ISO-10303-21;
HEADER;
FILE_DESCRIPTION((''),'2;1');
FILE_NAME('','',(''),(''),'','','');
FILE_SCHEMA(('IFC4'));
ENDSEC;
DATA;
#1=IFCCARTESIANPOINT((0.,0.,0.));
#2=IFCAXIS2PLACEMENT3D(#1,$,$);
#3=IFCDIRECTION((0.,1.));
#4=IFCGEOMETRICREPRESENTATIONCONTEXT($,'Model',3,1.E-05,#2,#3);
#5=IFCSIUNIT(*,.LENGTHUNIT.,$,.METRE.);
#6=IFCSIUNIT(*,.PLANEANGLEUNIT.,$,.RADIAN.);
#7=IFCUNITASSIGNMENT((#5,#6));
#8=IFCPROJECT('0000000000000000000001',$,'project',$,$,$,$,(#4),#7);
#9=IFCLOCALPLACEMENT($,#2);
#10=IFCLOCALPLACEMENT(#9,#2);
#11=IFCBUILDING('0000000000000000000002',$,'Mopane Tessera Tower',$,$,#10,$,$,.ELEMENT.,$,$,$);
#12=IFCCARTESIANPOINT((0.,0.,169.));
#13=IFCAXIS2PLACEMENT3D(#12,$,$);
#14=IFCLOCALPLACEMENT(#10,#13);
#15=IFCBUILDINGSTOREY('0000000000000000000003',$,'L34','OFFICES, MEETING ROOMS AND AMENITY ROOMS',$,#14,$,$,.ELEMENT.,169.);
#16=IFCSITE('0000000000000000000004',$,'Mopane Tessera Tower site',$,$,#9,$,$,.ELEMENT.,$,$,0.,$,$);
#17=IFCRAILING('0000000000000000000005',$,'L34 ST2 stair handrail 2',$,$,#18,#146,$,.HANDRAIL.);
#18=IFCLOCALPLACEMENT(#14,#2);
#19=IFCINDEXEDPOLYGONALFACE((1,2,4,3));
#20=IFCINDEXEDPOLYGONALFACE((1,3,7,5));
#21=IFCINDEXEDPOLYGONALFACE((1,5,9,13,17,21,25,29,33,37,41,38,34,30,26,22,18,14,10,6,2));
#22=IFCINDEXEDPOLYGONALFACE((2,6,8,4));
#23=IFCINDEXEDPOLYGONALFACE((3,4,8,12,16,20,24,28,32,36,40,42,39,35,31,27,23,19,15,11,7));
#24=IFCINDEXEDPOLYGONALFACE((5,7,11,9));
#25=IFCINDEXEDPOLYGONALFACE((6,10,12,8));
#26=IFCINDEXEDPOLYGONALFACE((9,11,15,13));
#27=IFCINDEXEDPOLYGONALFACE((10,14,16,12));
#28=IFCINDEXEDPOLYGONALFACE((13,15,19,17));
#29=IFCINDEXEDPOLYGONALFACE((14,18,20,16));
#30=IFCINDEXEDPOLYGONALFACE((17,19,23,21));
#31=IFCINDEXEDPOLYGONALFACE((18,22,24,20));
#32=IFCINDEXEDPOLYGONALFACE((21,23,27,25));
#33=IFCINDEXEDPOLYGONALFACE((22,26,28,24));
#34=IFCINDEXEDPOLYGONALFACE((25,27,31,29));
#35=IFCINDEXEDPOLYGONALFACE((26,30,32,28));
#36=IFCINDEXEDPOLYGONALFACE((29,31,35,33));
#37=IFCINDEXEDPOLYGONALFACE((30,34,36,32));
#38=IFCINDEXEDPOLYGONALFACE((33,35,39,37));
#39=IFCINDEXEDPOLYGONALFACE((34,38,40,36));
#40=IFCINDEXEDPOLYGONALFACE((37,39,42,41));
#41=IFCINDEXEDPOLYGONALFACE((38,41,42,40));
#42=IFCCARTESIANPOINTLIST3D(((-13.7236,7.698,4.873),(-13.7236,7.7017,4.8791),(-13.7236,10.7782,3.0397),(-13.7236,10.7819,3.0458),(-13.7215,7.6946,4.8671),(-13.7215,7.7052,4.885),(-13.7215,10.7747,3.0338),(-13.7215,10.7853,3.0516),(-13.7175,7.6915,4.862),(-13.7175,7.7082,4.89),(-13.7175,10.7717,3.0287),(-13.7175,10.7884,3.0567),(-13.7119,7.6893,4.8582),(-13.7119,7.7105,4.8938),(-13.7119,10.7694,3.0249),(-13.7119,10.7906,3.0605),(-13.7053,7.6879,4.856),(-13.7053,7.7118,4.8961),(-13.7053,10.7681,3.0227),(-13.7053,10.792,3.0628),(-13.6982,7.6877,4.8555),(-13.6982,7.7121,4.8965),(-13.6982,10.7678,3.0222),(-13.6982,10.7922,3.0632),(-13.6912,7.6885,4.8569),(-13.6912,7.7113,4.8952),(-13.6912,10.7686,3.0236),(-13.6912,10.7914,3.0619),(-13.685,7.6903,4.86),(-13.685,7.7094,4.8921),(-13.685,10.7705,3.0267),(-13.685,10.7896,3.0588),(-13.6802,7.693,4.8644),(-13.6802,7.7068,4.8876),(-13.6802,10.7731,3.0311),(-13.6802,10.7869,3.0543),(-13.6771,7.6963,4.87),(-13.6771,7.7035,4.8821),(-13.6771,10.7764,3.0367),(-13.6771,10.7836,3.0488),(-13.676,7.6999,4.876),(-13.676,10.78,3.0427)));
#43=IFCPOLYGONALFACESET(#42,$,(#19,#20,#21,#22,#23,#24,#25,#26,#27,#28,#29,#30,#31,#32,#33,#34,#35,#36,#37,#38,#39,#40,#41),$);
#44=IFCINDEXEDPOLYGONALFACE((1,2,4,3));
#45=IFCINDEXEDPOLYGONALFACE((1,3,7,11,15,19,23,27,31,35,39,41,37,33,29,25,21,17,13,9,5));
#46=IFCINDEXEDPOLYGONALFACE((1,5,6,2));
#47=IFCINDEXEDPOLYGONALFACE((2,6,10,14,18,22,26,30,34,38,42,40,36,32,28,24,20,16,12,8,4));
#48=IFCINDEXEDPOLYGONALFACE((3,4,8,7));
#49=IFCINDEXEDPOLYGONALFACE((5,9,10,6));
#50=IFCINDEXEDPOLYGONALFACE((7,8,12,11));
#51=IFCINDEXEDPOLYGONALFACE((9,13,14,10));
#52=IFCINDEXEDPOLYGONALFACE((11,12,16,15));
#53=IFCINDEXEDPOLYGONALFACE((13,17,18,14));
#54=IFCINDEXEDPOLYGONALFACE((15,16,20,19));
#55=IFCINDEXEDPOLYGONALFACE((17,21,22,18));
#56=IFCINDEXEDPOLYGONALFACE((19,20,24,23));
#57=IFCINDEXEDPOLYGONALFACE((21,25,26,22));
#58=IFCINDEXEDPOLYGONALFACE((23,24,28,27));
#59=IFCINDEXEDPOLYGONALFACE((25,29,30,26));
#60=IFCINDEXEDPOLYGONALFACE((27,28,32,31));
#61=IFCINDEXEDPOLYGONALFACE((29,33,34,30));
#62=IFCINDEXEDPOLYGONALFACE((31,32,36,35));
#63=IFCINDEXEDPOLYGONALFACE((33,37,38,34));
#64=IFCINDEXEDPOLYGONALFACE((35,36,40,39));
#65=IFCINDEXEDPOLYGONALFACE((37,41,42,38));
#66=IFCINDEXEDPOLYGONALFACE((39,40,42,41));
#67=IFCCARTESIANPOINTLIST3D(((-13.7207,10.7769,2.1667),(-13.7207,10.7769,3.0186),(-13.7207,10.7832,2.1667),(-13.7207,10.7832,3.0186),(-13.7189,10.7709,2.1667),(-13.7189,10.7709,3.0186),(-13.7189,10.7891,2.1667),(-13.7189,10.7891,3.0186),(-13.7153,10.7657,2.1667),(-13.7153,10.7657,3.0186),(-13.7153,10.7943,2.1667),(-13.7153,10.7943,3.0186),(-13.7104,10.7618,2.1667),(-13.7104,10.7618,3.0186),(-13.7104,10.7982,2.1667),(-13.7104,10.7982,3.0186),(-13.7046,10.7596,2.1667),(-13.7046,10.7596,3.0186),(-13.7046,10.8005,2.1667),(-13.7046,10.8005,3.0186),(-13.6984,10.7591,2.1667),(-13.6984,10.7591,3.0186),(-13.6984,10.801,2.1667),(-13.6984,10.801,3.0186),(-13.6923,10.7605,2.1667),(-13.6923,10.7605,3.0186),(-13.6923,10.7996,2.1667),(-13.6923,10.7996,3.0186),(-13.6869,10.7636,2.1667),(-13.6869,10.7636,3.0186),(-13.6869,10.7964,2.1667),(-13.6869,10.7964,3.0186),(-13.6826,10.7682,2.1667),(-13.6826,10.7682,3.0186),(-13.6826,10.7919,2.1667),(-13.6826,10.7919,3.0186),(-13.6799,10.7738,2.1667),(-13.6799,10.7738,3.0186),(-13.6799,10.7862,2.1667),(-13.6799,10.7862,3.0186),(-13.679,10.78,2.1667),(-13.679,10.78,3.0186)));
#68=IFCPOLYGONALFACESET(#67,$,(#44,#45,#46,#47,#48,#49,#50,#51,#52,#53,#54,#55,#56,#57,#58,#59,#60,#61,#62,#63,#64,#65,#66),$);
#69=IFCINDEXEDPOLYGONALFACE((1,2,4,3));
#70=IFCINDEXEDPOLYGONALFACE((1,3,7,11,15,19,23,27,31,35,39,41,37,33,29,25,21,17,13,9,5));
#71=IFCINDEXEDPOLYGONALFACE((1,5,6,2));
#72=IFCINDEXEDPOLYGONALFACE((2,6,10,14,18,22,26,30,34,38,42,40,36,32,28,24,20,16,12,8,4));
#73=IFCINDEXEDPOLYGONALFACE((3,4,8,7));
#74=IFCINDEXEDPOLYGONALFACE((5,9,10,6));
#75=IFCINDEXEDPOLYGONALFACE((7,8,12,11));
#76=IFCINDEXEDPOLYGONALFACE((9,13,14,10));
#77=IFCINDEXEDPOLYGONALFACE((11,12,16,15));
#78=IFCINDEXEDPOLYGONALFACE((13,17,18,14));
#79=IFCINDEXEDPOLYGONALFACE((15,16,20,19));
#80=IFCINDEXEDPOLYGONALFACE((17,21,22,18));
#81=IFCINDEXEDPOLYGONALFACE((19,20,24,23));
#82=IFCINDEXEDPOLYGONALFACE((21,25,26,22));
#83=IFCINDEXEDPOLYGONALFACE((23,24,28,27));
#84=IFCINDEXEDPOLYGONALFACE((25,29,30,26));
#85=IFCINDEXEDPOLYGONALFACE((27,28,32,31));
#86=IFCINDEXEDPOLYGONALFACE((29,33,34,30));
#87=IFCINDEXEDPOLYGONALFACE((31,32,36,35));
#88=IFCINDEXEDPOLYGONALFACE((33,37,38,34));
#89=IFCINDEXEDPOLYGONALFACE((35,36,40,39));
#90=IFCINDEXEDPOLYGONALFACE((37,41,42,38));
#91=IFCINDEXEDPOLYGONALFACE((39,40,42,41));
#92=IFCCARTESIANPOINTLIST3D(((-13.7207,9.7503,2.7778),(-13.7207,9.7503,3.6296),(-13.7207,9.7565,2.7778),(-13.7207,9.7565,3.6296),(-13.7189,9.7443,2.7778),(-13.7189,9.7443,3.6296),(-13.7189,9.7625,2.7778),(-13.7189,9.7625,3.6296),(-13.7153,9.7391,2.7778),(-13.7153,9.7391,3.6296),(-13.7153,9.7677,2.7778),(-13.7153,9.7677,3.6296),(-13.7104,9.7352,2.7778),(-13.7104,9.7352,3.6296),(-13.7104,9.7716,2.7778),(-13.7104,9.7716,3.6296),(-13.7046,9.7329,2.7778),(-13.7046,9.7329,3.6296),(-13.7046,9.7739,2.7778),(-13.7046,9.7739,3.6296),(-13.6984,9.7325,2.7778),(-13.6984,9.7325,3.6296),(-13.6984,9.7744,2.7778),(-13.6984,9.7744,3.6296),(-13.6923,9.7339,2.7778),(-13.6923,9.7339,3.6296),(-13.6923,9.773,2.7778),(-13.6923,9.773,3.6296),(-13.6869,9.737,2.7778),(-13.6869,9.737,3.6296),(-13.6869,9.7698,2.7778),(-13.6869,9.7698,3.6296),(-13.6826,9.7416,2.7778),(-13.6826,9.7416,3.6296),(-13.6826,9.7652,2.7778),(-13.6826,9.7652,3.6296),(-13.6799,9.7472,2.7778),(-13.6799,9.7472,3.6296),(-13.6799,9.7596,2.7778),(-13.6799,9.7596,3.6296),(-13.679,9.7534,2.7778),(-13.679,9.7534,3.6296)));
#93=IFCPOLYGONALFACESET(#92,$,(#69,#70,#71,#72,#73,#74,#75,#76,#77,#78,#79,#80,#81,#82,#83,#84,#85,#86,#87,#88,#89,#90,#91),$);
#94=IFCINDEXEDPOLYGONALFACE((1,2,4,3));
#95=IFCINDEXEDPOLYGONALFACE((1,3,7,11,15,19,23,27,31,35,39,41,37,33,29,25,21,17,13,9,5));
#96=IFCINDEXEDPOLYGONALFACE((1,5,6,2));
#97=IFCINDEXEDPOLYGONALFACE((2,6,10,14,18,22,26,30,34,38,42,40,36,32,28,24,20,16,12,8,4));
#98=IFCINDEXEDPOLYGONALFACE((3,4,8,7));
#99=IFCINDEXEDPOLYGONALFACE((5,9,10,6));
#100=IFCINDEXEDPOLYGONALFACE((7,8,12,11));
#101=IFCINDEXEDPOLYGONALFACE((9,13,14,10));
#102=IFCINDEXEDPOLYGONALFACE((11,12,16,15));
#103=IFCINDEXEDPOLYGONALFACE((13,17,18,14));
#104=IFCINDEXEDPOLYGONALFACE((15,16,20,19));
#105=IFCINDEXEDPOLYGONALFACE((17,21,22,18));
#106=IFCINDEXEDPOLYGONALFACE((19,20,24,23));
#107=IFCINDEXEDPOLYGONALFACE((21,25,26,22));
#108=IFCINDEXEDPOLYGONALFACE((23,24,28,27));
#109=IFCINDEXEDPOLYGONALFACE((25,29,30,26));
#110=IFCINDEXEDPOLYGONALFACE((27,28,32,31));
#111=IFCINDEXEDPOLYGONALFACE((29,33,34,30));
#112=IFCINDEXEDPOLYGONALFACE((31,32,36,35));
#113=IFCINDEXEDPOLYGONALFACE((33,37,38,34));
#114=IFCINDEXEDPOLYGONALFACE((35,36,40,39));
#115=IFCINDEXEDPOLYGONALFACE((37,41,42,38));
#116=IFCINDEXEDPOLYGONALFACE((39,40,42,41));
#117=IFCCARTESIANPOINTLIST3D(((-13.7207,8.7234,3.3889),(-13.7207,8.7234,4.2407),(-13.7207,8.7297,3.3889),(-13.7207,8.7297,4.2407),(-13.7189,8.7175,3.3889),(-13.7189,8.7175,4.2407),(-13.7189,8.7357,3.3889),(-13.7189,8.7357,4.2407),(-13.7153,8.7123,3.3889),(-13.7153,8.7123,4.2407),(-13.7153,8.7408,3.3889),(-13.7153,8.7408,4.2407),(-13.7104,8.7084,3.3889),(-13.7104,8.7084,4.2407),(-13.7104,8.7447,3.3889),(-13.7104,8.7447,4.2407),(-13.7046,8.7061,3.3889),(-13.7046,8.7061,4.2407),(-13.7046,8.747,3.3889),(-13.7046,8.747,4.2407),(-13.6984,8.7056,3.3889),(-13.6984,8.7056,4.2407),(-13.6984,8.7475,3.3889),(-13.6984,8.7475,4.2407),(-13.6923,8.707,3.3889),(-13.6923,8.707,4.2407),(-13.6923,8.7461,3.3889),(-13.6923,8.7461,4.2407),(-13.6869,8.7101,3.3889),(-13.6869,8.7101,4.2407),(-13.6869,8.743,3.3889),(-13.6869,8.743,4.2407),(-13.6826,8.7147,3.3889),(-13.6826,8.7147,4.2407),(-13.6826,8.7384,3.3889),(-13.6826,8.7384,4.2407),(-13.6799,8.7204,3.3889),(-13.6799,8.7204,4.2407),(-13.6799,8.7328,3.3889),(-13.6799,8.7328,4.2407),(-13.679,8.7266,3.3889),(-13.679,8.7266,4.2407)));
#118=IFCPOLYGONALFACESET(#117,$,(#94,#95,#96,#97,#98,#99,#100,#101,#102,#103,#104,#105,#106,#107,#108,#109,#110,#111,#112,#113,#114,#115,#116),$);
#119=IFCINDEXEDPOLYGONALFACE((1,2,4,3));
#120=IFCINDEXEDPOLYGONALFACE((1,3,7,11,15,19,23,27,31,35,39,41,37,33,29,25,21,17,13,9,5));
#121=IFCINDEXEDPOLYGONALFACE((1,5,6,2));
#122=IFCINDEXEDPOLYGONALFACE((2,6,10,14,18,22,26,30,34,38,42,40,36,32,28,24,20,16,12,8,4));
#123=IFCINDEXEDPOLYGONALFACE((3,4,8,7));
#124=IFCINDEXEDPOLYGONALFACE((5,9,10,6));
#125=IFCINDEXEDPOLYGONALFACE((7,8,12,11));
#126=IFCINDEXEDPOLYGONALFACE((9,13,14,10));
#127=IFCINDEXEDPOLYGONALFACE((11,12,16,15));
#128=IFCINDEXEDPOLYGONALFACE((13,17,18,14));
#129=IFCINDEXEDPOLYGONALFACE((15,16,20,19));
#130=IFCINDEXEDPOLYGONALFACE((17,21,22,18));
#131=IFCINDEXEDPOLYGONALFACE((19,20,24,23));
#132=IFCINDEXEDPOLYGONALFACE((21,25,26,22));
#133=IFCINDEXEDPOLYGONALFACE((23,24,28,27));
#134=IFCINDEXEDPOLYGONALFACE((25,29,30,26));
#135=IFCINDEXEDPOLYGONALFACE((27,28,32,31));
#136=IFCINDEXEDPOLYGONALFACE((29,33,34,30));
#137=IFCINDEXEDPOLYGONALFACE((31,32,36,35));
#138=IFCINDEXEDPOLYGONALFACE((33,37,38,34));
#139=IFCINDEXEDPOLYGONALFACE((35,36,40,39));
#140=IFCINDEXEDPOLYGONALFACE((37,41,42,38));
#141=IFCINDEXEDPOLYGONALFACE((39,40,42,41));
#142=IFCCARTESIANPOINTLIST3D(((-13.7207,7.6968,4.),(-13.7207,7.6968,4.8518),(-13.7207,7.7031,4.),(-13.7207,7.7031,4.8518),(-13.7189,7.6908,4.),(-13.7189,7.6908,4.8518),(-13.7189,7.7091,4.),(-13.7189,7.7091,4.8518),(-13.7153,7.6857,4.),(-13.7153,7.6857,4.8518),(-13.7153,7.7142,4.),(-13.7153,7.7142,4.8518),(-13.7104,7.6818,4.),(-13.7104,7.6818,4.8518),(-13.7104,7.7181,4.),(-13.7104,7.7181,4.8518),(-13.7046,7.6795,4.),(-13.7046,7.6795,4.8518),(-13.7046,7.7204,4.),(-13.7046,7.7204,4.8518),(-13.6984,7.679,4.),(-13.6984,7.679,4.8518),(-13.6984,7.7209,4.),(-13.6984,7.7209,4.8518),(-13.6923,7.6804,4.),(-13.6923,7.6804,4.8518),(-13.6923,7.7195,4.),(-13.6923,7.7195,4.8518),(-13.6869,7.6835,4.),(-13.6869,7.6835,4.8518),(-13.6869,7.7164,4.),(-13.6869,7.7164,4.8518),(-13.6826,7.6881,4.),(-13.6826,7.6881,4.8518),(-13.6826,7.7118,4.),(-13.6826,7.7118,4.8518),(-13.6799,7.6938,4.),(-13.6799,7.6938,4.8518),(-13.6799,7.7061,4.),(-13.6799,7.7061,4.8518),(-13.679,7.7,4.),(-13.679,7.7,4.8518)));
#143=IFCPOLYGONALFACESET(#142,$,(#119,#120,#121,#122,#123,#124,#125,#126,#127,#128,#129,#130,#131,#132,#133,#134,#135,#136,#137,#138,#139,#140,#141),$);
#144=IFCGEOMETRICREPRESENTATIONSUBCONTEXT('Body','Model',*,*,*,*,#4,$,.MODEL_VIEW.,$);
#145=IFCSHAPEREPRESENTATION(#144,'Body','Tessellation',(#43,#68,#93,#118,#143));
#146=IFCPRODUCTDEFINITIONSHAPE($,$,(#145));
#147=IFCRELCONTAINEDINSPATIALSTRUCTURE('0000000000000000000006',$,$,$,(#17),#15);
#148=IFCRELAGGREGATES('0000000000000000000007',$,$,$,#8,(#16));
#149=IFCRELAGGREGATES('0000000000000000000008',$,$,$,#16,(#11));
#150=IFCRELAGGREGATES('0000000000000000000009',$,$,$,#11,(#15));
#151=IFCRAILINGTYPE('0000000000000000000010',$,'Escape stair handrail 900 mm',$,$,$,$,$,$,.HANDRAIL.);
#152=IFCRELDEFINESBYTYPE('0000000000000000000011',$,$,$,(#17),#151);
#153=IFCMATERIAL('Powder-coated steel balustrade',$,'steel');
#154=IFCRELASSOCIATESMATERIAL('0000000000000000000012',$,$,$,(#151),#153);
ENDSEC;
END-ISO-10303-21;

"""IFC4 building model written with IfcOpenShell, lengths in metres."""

from ifc_helpers import new_model, si_unit, direction, frame, origin, origin_2d, place, context, subcontext, project, spatial, circle, extrude, material, type_object, element, save


model = new_model("IFC4")

# Units and contexts
model_context = context("Model", 3, precision=1e-05, world=origin(), true_north=direction((0.0, 1.0)))
body_context = subcontext(model_context, "Body", "Model", "MODEL_VIEW")
ifc_project = project(units=[si_unit("LENGTHUNIT", "METRE"), si_unit("PLANEANGLEUNIT", "RADIAN")], contexts=[model_context])

# Site, building, storey
site_placement = place(None, origin())
site = spatial("IfcSite", under=ifc_project, at=site_placement, Name="Mopane Tessera Tower site", CompositionType="ELEMENT", RefElevation=0.0)
building_placement = place(site_placement, origin())
building = spatial("IfcBuilding", under=site, at=building_placement, Name="Mopane Tessera Tower", CompositionType="ELEMENT")
storey_placement = place(building_placement, frame((0.0, 0.0, 169.0)))
storey = spatial("IfcBuildingStorey", under=building, at=storey_placement, Name="L34", Description="OFFICES, MEETING ROOMS AND AMENITY ROOMS", CompositionType="ELEMENT", Elevation=169.0)

# Railing
ifc_material_1 = material(Name="Powder-coated steel balustrade", Category="steel")
railing_type_1 = type_object("IfcRailingType", Name="Escape stair handrail 900 mm", PredefinedType="HANDRAIL", material=ifc_material_1)
railing_1_placement = place(storey_placement, frame((-13.7, 10.78, 2.1667)))
element("IfcRailing", 1, at=railing_1_placement, inside=storey, type_object=railing_type_1, Name="L34 ST2 stair handrail 2", PredefinedType="HANDRAIL", context=body_context, shape_type="SweptSolid", body=[
    extrude(circle(Radius=0.0239, at=origin_2d()), frame((0.0, 0.0, 0.876), z_axis=(0.0, -0.859309, 0.511458), x_axis=(1.0, 0.0, 0.0)), (0.0, 0.0, 1.0), 3.5845),
    extrude(circle(Radius=0.021, at=origin_2d()), origin(), (0.0, 0.0, 1.0), 0.8518),
    extrude(circle(Radius=0.021, at=origin_2d()), frame((0.0, -1.0266, 0.6111)), (0.0, 0.0, 1.0), 0.8518),
    extrude(circle(Radius=0.021, at=origin_2d()), frame((0.0, -2.0535, 1.2222)), (0.0, 0.0, 1.0), 0.8518),
    extrude(circle(Radius=0.021, at=origin_2d()), frame((0.0, -3.0801, 1.8333)), (0.0, 0.0, 1.0), 0.8518),
])

save(model, "model.ifc")
